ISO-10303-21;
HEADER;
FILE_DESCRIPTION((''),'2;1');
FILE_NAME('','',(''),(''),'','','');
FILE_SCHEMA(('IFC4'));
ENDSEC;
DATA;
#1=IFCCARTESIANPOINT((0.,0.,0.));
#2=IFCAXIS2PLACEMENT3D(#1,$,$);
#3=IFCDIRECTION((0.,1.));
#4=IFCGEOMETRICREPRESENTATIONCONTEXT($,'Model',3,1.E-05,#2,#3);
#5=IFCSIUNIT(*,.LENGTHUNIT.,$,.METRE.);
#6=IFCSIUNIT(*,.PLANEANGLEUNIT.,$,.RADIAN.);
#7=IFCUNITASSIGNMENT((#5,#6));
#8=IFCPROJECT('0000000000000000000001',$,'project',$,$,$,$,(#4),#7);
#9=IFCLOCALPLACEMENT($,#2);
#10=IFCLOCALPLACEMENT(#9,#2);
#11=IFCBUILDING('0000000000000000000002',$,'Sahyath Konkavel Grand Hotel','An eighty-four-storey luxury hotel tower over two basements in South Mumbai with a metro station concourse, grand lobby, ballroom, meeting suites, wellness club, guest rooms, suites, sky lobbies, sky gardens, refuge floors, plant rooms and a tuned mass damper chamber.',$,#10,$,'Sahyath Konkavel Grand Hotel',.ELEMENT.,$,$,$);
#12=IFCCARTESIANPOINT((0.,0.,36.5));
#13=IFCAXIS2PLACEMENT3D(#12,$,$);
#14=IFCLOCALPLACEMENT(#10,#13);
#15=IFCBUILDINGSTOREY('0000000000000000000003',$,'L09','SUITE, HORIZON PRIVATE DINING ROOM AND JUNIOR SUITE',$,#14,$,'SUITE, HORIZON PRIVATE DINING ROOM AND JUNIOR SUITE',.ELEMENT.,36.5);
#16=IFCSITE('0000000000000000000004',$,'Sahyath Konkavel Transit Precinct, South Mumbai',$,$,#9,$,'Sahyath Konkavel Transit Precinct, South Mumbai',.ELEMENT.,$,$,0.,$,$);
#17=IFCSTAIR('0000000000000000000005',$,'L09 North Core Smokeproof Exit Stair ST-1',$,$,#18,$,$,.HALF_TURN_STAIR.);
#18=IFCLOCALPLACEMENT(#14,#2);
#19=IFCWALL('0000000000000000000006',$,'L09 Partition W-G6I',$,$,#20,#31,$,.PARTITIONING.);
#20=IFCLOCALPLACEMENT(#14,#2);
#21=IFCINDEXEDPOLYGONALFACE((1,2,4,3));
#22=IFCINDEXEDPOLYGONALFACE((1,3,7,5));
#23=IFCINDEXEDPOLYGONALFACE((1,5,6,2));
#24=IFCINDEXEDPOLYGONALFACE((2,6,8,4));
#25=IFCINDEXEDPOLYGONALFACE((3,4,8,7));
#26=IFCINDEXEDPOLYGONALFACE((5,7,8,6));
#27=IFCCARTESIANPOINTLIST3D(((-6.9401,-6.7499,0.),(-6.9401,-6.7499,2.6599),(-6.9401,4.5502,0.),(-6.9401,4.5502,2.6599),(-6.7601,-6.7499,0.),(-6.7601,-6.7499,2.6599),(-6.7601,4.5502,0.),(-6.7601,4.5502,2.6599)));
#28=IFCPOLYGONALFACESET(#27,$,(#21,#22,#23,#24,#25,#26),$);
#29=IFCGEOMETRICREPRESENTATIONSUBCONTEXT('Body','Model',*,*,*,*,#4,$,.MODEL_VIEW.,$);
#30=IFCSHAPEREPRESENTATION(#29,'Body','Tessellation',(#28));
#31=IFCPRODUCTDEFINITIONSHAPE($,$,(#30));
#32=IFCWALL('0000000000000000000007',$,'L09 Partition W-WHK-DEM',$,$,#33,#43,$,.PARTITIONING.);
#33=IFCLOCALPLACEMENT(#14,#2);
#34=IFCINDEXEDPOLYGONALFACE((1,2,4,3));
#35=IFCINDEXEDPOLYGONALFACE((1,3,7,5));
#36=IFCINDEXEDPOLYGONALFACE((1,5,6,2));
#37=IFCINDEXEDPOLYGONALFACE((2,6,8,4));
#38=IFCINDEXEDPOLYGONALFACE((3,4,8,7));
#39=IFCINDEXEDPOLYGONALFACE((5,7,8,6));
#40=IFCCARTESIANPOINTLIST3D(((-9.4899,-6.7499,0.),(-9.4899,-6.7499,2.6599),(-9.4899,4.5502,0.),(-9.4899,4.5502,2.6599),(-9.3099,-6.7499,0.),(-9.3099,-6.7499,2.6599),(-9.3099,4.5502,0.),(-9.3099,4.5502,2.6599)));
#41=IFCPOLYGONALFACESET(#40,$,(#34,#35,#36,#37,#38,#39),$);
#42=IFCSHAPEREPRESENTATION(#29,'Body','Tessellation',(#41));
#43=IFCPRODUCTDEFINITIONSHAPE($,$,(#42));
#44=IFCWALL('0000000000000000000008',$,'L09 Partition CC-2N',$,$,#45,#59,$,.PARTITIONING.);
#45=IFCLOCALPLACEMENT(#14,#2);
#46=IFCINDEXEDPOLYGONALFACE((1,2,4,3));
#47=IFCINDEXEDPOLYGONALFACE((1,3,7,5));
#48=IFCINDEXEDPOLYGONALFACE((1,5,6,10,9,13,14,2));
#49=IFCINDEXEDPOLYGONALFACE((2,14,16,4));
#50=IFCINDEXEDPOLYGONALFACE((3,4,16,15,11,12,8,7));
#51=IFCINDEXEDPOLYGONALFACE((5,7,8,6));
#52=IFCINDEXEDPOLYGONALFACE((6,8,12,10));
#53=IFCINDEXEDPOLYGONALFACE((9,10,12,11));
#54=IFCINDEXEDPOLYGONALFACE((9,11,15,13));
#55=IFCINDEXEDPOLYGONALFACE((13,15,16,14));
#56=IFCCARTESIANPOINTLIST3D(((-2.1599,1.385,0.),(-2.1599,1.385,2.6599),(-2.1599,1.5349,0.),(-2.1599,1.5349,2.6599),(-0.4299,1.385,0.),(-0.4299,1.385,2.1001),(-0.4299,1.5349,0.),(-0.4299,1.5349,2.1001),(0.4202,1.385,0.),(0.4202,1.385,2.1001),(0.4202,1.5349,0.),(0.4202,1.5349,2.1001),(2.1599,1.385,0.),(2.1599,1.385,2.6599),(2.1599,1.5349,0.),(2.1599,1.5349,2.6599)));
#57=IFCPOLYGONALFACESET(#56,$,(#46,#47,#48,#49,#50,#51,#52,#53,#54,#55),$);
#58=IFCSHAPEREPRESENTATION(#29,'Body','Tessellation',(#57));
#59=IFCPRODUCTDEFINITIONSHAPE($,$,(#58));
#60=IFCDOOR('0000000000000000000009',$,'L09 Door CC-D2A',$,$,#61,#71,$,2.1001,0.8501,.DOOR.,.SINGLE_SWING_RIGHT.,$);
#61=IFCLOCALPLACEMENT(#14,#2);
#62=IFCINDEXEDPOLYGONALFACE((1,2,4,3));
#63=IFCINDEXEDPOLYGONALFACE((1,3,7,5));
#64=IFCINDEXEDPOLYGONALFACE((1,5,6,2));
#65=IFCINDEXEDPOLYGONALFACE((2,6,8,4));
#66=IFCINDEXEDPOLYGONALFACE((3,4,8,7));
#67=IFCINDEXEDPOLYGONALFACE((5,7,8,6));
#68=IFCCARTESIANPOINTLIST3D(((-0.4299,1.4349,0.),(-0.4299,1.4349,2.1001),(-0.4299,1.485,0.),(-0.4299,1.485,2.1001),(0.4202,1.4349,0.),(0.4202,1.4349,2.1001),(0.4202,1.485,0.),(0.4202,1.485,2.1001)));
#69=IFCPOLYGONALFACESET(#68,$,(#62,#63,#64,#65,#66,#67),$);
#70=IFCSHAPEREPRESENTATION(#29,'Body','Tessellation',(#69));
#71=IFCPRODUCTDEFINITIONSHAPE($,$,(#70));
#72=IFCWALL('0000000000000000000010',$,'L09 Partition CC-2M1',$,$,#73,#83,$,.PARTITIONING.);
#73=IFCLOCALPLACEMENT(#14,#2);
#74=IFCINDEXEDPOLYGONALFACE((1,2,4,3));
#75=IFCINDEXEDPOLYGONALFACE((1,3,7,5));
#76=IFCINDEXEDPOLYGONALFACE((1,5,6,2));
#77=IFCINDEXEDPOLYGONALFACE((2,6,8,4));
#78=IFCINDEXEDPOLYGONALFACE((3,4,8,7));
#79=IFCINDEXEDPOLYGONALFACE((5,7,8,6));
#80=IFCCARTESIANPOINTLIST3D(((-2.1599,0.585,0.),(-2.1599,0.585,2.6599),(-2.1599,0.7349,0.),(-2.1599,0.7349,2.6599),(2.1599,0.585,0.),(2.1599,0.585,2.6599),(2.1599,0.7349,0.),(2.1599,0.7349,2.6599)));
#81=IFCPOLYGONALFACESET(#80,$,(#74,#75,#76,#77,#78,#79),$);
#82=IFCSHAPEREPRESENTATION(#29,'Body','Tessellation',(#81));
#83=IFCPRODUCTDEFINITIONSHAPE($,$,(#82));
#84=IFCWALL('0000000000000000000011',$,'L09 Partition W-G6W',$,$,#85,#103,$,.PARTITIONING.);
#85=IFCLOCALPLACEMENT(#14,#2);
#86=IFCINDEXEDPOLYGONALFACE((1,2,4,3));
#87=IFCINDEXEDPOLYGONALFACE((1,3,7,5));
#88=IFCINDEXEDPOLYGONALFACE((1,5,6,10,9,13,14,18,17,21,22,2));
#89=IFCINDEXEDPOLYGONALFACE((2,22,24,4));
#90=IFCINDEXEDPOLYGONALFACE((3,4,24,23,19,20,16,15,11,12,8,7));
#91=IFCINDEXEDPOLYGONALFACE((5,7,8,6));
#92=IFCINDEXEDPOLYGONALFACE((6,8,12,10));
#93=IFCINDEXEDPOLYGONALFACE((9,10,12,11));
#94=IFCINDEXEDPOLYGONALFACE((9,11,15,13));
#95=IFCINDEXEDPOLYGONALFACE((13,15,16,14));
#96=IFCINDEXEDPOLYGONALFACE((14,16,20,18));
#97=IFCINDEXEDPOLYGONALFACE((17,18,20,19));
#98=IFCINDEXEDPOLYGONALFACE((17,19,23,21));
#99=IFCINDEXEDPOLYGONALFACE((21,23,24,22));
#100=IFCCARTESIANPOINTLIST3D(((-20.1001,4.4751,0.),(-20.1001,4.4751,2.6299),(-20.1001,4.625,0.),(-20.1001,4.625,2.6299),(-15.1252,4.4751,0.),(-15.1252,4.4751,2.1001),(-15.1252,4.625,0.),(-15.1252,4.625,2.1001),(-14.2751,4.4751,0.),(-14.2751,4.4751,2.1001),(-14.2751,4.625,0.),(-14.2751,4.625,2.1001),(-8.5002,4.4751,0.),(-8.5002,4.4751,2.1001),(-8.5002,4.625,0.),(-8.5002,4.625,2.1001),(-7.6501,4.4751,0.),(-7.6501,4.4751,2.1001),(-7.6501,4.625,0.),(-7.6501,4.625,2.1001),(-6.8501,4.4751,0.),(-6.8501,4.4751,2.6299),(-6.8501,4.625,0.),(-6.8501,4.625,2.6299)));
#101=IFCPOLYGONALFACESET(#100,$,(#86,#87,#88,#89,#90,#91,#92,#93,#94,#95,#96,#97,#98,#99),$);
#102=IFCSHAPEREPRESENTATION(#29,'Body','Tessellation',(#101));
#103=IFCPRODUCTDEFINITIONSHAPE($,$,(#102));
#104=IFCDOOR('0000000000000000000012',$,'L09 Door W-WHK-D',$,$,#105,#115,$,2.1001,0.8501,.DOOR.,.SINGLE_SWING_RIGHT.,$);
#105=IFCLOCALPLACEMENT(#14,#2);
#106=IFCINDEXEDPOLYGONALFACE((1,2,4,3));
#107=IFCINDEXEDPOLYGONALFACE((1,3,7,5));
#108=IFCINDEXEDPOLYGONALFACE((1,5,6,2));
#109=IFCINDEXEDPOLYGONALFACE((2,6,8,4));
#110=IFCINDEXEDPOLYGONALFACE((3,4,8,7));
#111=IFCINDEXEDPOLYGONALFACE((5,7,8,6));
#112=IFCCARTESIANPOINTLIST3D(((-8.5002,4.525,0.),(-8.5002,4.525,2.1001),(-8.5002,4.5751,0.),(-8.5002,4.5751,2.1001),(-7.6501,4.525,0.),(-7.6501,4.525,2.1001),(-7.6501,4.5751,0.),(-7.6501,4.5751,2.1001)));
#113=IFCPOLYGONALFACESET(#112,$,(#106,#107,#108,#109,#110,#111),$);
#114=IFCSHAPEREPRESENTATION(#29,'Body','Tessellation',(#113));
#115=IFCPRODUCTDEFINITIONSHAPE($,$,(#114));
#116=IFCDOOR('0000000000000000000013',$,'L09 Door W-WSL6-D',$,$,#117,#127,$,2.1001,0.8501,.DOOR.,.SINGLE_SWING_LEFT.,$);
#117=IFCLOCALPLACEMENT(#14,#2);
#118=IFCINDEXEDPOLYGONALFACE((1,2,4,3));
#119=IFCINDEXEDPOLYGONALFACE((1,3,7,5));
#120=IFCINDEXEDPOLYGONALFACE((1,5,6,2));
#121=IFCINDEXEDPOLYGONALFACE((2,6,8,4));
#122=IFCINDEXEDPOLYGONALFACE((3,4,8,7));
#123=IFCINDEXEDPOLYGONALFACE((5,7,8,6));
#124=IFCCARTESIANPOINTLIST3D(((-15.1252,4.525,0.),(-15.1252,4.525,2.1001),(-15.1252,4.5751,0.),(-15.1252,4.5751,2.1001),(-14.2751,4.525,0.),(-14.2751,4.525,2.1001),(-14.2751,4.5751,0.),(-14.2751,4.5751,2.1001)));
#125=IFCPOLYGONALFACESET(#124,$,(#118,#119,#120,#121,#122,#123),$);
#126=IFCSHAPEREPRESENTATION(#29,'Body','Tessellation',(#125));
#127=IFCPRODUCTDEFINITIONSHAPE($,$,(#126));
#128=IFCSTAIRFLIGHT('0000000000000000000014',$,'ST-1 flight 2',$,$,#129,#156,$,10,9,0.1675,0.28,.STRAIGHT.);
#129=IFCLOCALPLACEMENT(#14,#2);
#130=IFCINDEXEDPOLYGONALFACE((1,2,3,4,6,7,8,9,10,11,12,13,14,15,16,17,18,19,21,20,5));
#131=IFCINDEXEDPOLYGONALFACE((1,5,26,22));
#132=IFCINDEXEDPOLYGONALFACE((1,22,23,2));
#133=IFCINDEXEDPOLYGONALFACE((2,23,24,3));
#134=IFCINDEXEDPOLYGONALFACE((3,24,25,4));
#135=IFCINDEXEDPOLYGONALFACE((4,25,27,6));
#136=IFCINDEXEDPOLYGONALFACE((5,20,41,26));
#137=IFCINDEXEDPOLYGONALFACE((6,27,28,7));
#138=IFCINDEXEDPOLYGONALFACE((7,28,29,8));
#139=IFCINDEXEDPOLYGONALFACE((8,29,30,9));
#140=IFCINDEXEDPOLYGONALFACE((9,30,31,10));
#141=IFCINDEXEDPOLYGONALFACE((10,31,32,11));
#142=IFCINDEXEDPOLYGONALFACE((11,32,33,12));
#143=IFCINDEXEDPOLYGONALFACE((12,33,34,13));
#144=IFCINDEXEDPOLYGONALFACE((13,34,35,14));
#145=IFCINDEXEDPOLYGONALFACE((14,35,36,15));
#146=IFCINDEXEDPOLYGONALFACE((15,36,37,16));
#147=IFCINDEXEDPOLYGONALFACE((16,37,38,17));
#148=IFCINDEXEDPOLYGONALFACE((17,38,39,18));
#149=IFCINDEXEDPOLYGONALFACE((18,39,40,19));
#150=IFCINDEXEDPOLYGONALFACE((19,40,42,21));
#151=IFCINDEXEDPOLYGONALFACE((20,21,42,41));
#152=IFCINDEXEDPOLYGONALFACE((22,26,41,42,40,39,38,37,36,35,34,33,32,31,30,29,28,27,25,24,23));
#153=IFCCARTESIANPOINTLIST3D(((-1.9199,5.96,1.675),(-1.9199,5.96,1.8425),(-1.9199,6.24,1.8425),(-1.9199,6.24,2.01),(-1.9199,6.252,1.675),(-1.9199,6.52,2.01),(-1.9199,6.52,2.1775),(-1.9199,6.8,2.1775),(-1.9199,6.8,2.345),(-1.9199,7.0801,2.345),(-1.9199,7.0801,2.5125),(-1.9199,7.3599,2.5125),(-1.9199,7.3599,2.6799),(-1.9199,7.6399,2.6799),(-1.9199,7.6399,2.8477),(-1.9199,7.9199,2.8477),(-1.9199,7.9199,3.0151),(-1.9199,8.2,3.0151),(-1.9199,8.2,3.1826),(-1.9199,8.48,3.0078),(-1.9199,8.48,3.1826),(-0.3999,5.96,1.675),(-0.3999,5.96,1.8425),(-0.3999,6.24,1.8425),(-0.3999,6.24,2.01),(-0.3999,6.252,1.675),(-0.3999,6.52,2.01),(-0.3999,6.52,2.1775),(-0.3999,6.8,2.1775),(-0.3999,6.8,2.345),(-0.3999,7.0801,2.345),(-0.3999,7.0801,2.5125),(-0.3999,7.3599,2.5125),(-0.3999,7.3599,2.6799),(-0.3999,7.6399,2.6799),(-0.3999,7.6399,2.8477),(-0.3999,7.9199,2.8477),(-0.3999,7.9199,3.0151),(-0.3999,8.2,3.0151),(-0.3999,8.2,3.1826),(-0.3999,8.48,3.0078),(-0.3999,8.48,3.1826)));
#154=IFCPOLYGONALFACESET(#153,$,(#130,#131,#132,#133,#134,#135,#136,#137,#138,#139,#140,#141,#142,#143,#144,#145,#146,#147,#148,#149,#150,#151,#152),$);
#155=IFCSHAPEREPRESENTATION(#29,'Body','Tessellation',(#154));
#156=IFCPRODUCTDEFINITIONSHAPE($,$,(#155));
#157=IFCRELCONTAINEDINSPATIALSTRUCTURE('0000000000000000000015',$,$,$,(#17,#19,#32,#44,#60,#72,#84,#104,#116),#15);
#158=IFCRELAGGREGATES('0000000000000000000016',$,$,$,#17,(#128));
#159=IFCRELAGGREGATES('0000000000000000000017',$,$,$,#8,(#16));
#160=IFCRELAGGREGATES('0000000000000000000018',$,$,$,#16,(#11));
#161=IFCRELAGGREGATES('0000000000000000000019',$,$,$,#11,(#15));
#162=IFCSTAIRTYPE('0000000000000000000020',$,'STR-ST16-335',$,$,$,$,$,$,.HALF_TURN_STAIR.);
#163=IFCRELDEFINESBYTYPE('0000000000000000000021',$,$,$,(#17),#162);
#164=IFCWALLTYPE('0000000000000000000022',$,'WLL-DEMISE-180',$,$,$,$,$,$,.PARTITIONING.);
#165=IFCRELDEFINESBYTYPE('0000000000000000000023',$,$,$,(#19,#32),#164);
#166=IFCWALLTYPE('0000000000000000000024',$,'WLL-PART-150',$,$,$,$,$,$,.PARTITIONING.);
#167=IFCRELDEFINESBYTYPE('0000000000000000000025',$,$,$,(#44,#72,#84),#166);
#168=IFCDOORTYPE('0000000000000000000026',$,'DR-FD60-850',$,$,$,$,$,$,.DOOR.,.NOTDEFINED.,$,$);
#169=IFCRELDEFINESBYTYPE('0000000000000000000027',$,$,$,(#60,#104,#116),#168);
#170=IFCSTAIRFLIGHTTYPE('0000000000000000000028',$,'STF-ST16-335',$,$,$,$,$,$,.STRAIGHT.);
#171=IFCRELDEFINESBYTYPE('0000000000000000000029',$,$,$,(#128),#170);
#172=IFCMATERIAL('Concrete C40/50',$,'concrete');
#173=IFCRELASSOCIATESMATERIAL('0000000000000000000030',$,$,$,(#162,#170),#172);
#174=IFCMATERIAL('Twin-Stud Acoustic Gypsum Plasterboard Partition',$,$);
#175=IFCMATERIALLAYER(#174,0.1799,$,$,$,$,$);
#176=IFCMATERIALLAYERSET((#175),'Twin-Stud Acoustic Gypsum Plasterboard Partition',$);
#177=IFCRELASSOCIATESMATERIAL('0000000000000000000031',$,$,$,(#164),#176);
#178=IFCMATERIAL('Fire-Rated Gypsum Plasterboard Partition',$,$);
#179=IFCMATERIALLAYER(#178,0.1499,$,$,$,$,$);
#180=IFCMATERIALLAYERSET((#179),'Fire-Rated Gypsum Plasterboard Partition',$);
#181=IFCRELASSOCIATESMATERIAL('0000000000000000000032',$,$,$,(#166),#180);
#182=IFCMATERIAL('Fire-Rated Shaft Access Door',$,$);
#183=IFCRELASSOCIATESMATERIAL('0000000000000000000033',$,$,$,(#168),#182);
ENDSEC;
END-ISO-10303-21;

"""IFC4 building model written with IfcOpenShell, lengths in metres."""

from ifc_helpers import new_model, si_unit, direction, frame, frame_2d, origin, origin_2d, place, context, subcontext, project, spatial, polyline, rectangle, outline, extrude, source, transform, mapped, material, layer, layer_set, type_object, element, fill, aggregate, save


model = new_model("IFC4")

# Units and contexts
model_context = context("Model", 3, precision=1e-05, world=origin(), true_north=direction((0.0, 1.0)))
body_context = subcontext(model_context, "Body", "Model", "MODEL_VIEW")
ifc_project = project(units=[si_unit("LENGTHUNIT", "METRE"), si_unit("PLANEANGLEUNIT", "RADIAN")], contexts=[model_context])

# Site, building, storey
site_placement = place(None, origin())
site = spatial("IfcSite", under=ifc_project, at=site_placement, Name="Sahyath Konkavel Transit Precinct, South Mumbai", LongName="Sahyath Konkavel Transit Precinct, South Mumbai", CompositionType="ELEMENT", RefElevation=0.0)
building_placement = place(site_placement, origin())
building = spatial("IfcBuilding", under=site, at=building_placement, Name="Sahyath Konkavel Grand Hotel", Description="An eighty-four-storey luxury hotel tower over two basements in South Mumbai with a metro station concourse, grand lobby, ballroom, meeting suites, wellness club, guest rooms, suites, sky lobbies, sky gardens, refuge floors, plant rooms and a tuned mass damper chamber.", LongName="Sahyath Konkavel Grand Hotel", CompositionType="ELEMENT")
storey_placement = place(building_placement, frame((0.0, 0.0, 36.5)))
storey = spatial("IfcBuildingStorey", under=building, at=storey_placement, Name="L09", Description="SUITE, HORIZON PRIVATE DINING ROOM AND JUNIOR SUITE", LongName="SUITE, HORIZON PRIVATE DINING ROOM AND JUNIOR SUITE", CompositionType="ELEMENT", Elevation=36.5)

# Shared definitions
ifc_material_1 = material(Name="Concrete C40/50", Category="concrete")

# Stair
stair_type = type_object("IfcStairType", Name="STR-ST16-335", PredefinedType="HALF_TURN_STAIR", material=ifc_material_1)
stair_placement = place(storey_placement, origin())
stair = element("IfcStair", 1, at=stair_placement, inside=storey, type_object=stair_type, Name="L09 North Core Smokeproof Exit Stair ST-1", PredefinedType="HALF_TURN_STAIR")

# Walls
ifc_material_2 = material(Name="Twin-Stud Acoustic Gypsum Plasterboard Partition")
ifc_layer_1 = layer(ifc_material_2, 0.1799)
ifc_layer_set_1 = layer_set([ifc_layer_1], Name="Twin-Stud Acoustic Gypsum Plasterboard Partition")
wall_type_1 = type_object("IfcWallType", Name="WLL-DEMISE-180", PredefinedType="PARTITIONING", material=ifc_layer_set_1)
for number, where, z_axis, x_axis, name in (
    (2, (-6.8501, 4.55, 0.0), (0.0, 0.0, 1.0), (0.0, -1.0, 0.0), "L09 Partition W-G6I"),
    (3, (-9.3999, 4.55, 0.0), (0.0, 0.0, 1.0), (0.0, -1.0, 0.0), "L09 Partition W-WHK-DEM"),
):
    element("IfcWall", number, at=place(storey_placement, frame(where, z_axis=z_axis, x_axis=x_axis)), inside=storey, type_object=wall_type_1, Name=name, PredefinedType="PARTITIONING", context=body_context, shape_type="SweptSolid", body=[
        extrude(rectangle(XDim=11.3, YDim=0.1799, at=frame_2d((5.6499, 0.0))), origin(), (0.0, 0.0, 1.0), 2.6599),
    ])

# Wall, opening, door
ifc_material_3 = material(Name="Fire-Rated Gypsum Plasterboard Partition")
ifc_layer_2 = layer(ifc_material_3, 0.1499)
ifc_layer_set_2 = layer_set([ifc_layer_2], Name="Fire-Rated Gypsum Plasterboard Partition")
wall_type_2 = type_object("IfcWallType", Name="WLL-PART-150", PredefinedType="PARTITIONING", material=ifc_layer_set_2)
wall_1_placement = place(storey_placement, frame((-2.1599, 1.46, 0.0), z_axis=(0.0, 0.0, 1.0), x_axis=(1.0, 0.0, 0.0)))
wall_1 = element("IfcWall", 4, at=wall_1_placement, inside=storey, type_object=wall_type_2, Name="L09 Partition CC-2N", PredefinedType="PARTITIONING", context=body_context, shape_type="SweptSolid", body=[
    extrude(rectangle(XDim=4.3198, YDim=0.1499, at=frame_2d((2.1599, 0.0))), origin(), (0.0, 0.0, 1.0), 2.6599),
])
opening_1_placement = place(wall_1_placement, frame((1.73, 0.0, 0.0)))
opening_1 = element("IfcOpeningElement", 5, at=opening_1_placement, cuts=wall_1, PredefinedType="OPENING", context=body_context, shape_type="SweptSolid", body=[
    extrude(rectangle(XDim=0.8501, YDim=2.1001, at=frame_2d((0.425, 1.05))), frame((0.0, 0.085, 0.0), z_axis=(0.0, -1.0, 0.0), x_axis=(1.0, 0.0, 0.0)), (0.0, 0.0, 1.0), 0.1699),
])
ifc_material_4 = material(Name="Fire-Rated Shaft Access Door")
door_type = type_object("IfcDoorType", Name="DR-FD60-850", OperationType="NOTDEFINED", PredefinedType="DOOR", material=ifc_material_4)
shared_shape_1 = source(origin(), body_context, "Body", "SweptSolid", [
    extrude(rectangle(XDim=0.8501, YDim=0.05, at=origin_2d()), origin(), (0.0, 0.0, 1.0), 2.1001),
])
door_1_placement = place(opening_1_placement, frame((0.425, 0.0, 0.0)))
door_1 = element("IfcDoor", 6, at=door_1_placement, inside=storey, type_object=door_type, Name="L09 Door CC-D2A", OperationType="SINGLE_SWING_RIGHT", OverallHeight=2.1001, OverallWidth=0.8501, PredefinedType="DOOR", context=body_context, shape_type="MappedRepresentation", body=[
    mapped(shared_shape_1, transform((0.0, 0.0, 0.0), scale=1.0)),
])
fill(opening_1, door_1)

# Wall
wall_2_placement = place(storey_placement, frame((-2.1599, 0.6599, 0.0), z_axis=(0.0, 0.0, 1.0), x_axis=(1.0, 0.0, 0.0)))
element("IfcWall", 7, at=wall_2_placement, inside=storey, type_object=wall_type_2, Name="L09 Partition CC-2M1", PredefinedType="PARTITIONING", context=body_context, shape_type="SweptSolid", body=[
    extrude(rectangle(XDim=4.3198, YDim=0.1499, at=frame_2d((2.1599, 0.0))), origin(), (0.0, 0.0, 1.0), 2.6599),
])

# Wall, openings, doors
wall_3_placement = place(storey_placement, frame((-6.8501, 4.55, 0.0), z_axis=(0.0, 0.0, 1.0), x_axis=(-1.0, 0.0, 0.0)))
wall_3 = element("IfcWall", 8, at=wall_3_placement, inside=storey, type_object=wall_type_2, Name="L09 Partition W-G6W", PredefinedType="PARTITIONING", context=body_context, shape_type="SweptSolid", body=[
    extrude(rectangle(XDim=13.25, YDim=0.1499, at=frame_2d((6.625, 0.0))), origin(), (0.0, 0.0, 1.0), 2.6299),
])
opening_2_placement = place(wall_3_placement, frame((0.8, 0.0, 0.0)))
opening_2 = element("IfcOpeningElement", 9, at=opening_2_placement, cuts=wall_3, PredefinedType="OPENING", context=body_context, shape_type="SweptSolid", body=[
    extrude(rectangle(XDim=0.8501, YDim=2.1001, at=frame_2d((0.425, 1.05))), frame((0.0, 0.085, 0.0), z_axis=(0.0, -1.0, 0.0), x_axis=(1.0, 0.0, 0.0)), (0.0, 0.0, 1.0), 0.1699),
])
opening_3_placement = place(wall_3_placement, frame((7.425, 0.0, 0.0)))
opening_3 = element("IfcOpeningElement", 10, at=opening_3_placement, cuts=wall_3, PredefinedType="OPENING", context=body_context, shape_type="SweptSolid", body=[
    extrude(rectangle(XDim=0.8501, YDim=2.1001, at=frame_2d((0.425, 1.05))), frame((0.0, 0.085, 0.0), z_axis=(0.0, -1.0, 0.0), x_axis=(1.0, 0.0, 0.0)), (0.0, 0.0, 1.0), 0.1699),
])
door_2_placement = place(opening_2_placement, frame((0.425, 0.0, 0.0)))
door_2 = element("IfcDoor", 11, at=door_2_placement, inside=storey, type_object=door_type, Name="L09 Door W-WHK-D", OperationType="SINGLE_SWING_RIGHT", OverallHeight=2.1001, OverallWidth=0.8501, PredefinedType="DOOR", context=body_context, shape_type="MappedRepresentation", body=[
    mapped(shared_shape_1, transform((0.0, 0.0, 0.0), scale=1.0)),
])
fill(opening_2, door_2)
door_3_placement = place(opening_3_placement, frame((0.425, 0.0, 0.0)))
door_3 = element("IfcDoor", 12, at=door_3_placement, inside=storey, type_object=door_type, Name="L09 Door W-WSL6-D", OperationType="SINGLE_SWING_LEFT", OverallHeight=2.1001, OverallWidth=0.8501, PredefinedType="DOOR", context=body_context, shape_type="MappedRepresentation", body=[
    mapped(shared_shape_1, transform((0.0, 0.0, 0.0), scale=1.0)),
])
fill(opening_3, door_3)

# Stair flight
stair_flight_type = type_object("IfcStairFlightType", Name="STF-ST16-335", PredefinedType="STRAIGHT", material=ifc_material_1)
stair_flight_placement = place(storey_placement, frame((-1.1599, 5.96, 1.675), z_axis=(0.0, 0.0, 1.0), x_axis=(0.0, 1.0, 0.0)))
stair_flight = element("IfcStairFlight", 13, at=stair_flight_placement, type_object=stair_flight_type, Name="ST-1 flight 2", NumberOfRisers=10, NumberOfTreads=9, PredefinedType="STRAIGHT", RiserHeight=0.1675, TreadLength=0.28, context=body_context, shape_type="SweptSolid", body=[
    extrude(outline(polyline([(0.0, 0.0), (0.0, 0.1675), (0.28, 0.1675), (0.28, 0.335), (0.5601, 0.335), (0.5601, 0.5024), (0.8401, 0.5024), (0.8401, 0.6699), (1.1201, 0.6699), (1.1201, 0.8374), (1.3999, 0.8374), (1.3999, 1.0049), (1.6799, 1.0049), (1.6799, 1.1726), (1.96, 1.1726), (1.96, 1.3401), (2.24, 1.3401), (2.24, 1.5076), (2.52, 1.5076), (2.52, 1.675), (2.52, 1.3328), (0.292, 0.0), (0.0, 0.0)])), frame((0.0, 0.76, 0.0), z_axis=(0.0, -1.0, 0.0), x_axis=(1.0, 0.0, 0.0)), (0.0, 0.0, 1.0), 1.52),
])
aggregate(stair, [stair_flight])

save(model, "model.ifc")
